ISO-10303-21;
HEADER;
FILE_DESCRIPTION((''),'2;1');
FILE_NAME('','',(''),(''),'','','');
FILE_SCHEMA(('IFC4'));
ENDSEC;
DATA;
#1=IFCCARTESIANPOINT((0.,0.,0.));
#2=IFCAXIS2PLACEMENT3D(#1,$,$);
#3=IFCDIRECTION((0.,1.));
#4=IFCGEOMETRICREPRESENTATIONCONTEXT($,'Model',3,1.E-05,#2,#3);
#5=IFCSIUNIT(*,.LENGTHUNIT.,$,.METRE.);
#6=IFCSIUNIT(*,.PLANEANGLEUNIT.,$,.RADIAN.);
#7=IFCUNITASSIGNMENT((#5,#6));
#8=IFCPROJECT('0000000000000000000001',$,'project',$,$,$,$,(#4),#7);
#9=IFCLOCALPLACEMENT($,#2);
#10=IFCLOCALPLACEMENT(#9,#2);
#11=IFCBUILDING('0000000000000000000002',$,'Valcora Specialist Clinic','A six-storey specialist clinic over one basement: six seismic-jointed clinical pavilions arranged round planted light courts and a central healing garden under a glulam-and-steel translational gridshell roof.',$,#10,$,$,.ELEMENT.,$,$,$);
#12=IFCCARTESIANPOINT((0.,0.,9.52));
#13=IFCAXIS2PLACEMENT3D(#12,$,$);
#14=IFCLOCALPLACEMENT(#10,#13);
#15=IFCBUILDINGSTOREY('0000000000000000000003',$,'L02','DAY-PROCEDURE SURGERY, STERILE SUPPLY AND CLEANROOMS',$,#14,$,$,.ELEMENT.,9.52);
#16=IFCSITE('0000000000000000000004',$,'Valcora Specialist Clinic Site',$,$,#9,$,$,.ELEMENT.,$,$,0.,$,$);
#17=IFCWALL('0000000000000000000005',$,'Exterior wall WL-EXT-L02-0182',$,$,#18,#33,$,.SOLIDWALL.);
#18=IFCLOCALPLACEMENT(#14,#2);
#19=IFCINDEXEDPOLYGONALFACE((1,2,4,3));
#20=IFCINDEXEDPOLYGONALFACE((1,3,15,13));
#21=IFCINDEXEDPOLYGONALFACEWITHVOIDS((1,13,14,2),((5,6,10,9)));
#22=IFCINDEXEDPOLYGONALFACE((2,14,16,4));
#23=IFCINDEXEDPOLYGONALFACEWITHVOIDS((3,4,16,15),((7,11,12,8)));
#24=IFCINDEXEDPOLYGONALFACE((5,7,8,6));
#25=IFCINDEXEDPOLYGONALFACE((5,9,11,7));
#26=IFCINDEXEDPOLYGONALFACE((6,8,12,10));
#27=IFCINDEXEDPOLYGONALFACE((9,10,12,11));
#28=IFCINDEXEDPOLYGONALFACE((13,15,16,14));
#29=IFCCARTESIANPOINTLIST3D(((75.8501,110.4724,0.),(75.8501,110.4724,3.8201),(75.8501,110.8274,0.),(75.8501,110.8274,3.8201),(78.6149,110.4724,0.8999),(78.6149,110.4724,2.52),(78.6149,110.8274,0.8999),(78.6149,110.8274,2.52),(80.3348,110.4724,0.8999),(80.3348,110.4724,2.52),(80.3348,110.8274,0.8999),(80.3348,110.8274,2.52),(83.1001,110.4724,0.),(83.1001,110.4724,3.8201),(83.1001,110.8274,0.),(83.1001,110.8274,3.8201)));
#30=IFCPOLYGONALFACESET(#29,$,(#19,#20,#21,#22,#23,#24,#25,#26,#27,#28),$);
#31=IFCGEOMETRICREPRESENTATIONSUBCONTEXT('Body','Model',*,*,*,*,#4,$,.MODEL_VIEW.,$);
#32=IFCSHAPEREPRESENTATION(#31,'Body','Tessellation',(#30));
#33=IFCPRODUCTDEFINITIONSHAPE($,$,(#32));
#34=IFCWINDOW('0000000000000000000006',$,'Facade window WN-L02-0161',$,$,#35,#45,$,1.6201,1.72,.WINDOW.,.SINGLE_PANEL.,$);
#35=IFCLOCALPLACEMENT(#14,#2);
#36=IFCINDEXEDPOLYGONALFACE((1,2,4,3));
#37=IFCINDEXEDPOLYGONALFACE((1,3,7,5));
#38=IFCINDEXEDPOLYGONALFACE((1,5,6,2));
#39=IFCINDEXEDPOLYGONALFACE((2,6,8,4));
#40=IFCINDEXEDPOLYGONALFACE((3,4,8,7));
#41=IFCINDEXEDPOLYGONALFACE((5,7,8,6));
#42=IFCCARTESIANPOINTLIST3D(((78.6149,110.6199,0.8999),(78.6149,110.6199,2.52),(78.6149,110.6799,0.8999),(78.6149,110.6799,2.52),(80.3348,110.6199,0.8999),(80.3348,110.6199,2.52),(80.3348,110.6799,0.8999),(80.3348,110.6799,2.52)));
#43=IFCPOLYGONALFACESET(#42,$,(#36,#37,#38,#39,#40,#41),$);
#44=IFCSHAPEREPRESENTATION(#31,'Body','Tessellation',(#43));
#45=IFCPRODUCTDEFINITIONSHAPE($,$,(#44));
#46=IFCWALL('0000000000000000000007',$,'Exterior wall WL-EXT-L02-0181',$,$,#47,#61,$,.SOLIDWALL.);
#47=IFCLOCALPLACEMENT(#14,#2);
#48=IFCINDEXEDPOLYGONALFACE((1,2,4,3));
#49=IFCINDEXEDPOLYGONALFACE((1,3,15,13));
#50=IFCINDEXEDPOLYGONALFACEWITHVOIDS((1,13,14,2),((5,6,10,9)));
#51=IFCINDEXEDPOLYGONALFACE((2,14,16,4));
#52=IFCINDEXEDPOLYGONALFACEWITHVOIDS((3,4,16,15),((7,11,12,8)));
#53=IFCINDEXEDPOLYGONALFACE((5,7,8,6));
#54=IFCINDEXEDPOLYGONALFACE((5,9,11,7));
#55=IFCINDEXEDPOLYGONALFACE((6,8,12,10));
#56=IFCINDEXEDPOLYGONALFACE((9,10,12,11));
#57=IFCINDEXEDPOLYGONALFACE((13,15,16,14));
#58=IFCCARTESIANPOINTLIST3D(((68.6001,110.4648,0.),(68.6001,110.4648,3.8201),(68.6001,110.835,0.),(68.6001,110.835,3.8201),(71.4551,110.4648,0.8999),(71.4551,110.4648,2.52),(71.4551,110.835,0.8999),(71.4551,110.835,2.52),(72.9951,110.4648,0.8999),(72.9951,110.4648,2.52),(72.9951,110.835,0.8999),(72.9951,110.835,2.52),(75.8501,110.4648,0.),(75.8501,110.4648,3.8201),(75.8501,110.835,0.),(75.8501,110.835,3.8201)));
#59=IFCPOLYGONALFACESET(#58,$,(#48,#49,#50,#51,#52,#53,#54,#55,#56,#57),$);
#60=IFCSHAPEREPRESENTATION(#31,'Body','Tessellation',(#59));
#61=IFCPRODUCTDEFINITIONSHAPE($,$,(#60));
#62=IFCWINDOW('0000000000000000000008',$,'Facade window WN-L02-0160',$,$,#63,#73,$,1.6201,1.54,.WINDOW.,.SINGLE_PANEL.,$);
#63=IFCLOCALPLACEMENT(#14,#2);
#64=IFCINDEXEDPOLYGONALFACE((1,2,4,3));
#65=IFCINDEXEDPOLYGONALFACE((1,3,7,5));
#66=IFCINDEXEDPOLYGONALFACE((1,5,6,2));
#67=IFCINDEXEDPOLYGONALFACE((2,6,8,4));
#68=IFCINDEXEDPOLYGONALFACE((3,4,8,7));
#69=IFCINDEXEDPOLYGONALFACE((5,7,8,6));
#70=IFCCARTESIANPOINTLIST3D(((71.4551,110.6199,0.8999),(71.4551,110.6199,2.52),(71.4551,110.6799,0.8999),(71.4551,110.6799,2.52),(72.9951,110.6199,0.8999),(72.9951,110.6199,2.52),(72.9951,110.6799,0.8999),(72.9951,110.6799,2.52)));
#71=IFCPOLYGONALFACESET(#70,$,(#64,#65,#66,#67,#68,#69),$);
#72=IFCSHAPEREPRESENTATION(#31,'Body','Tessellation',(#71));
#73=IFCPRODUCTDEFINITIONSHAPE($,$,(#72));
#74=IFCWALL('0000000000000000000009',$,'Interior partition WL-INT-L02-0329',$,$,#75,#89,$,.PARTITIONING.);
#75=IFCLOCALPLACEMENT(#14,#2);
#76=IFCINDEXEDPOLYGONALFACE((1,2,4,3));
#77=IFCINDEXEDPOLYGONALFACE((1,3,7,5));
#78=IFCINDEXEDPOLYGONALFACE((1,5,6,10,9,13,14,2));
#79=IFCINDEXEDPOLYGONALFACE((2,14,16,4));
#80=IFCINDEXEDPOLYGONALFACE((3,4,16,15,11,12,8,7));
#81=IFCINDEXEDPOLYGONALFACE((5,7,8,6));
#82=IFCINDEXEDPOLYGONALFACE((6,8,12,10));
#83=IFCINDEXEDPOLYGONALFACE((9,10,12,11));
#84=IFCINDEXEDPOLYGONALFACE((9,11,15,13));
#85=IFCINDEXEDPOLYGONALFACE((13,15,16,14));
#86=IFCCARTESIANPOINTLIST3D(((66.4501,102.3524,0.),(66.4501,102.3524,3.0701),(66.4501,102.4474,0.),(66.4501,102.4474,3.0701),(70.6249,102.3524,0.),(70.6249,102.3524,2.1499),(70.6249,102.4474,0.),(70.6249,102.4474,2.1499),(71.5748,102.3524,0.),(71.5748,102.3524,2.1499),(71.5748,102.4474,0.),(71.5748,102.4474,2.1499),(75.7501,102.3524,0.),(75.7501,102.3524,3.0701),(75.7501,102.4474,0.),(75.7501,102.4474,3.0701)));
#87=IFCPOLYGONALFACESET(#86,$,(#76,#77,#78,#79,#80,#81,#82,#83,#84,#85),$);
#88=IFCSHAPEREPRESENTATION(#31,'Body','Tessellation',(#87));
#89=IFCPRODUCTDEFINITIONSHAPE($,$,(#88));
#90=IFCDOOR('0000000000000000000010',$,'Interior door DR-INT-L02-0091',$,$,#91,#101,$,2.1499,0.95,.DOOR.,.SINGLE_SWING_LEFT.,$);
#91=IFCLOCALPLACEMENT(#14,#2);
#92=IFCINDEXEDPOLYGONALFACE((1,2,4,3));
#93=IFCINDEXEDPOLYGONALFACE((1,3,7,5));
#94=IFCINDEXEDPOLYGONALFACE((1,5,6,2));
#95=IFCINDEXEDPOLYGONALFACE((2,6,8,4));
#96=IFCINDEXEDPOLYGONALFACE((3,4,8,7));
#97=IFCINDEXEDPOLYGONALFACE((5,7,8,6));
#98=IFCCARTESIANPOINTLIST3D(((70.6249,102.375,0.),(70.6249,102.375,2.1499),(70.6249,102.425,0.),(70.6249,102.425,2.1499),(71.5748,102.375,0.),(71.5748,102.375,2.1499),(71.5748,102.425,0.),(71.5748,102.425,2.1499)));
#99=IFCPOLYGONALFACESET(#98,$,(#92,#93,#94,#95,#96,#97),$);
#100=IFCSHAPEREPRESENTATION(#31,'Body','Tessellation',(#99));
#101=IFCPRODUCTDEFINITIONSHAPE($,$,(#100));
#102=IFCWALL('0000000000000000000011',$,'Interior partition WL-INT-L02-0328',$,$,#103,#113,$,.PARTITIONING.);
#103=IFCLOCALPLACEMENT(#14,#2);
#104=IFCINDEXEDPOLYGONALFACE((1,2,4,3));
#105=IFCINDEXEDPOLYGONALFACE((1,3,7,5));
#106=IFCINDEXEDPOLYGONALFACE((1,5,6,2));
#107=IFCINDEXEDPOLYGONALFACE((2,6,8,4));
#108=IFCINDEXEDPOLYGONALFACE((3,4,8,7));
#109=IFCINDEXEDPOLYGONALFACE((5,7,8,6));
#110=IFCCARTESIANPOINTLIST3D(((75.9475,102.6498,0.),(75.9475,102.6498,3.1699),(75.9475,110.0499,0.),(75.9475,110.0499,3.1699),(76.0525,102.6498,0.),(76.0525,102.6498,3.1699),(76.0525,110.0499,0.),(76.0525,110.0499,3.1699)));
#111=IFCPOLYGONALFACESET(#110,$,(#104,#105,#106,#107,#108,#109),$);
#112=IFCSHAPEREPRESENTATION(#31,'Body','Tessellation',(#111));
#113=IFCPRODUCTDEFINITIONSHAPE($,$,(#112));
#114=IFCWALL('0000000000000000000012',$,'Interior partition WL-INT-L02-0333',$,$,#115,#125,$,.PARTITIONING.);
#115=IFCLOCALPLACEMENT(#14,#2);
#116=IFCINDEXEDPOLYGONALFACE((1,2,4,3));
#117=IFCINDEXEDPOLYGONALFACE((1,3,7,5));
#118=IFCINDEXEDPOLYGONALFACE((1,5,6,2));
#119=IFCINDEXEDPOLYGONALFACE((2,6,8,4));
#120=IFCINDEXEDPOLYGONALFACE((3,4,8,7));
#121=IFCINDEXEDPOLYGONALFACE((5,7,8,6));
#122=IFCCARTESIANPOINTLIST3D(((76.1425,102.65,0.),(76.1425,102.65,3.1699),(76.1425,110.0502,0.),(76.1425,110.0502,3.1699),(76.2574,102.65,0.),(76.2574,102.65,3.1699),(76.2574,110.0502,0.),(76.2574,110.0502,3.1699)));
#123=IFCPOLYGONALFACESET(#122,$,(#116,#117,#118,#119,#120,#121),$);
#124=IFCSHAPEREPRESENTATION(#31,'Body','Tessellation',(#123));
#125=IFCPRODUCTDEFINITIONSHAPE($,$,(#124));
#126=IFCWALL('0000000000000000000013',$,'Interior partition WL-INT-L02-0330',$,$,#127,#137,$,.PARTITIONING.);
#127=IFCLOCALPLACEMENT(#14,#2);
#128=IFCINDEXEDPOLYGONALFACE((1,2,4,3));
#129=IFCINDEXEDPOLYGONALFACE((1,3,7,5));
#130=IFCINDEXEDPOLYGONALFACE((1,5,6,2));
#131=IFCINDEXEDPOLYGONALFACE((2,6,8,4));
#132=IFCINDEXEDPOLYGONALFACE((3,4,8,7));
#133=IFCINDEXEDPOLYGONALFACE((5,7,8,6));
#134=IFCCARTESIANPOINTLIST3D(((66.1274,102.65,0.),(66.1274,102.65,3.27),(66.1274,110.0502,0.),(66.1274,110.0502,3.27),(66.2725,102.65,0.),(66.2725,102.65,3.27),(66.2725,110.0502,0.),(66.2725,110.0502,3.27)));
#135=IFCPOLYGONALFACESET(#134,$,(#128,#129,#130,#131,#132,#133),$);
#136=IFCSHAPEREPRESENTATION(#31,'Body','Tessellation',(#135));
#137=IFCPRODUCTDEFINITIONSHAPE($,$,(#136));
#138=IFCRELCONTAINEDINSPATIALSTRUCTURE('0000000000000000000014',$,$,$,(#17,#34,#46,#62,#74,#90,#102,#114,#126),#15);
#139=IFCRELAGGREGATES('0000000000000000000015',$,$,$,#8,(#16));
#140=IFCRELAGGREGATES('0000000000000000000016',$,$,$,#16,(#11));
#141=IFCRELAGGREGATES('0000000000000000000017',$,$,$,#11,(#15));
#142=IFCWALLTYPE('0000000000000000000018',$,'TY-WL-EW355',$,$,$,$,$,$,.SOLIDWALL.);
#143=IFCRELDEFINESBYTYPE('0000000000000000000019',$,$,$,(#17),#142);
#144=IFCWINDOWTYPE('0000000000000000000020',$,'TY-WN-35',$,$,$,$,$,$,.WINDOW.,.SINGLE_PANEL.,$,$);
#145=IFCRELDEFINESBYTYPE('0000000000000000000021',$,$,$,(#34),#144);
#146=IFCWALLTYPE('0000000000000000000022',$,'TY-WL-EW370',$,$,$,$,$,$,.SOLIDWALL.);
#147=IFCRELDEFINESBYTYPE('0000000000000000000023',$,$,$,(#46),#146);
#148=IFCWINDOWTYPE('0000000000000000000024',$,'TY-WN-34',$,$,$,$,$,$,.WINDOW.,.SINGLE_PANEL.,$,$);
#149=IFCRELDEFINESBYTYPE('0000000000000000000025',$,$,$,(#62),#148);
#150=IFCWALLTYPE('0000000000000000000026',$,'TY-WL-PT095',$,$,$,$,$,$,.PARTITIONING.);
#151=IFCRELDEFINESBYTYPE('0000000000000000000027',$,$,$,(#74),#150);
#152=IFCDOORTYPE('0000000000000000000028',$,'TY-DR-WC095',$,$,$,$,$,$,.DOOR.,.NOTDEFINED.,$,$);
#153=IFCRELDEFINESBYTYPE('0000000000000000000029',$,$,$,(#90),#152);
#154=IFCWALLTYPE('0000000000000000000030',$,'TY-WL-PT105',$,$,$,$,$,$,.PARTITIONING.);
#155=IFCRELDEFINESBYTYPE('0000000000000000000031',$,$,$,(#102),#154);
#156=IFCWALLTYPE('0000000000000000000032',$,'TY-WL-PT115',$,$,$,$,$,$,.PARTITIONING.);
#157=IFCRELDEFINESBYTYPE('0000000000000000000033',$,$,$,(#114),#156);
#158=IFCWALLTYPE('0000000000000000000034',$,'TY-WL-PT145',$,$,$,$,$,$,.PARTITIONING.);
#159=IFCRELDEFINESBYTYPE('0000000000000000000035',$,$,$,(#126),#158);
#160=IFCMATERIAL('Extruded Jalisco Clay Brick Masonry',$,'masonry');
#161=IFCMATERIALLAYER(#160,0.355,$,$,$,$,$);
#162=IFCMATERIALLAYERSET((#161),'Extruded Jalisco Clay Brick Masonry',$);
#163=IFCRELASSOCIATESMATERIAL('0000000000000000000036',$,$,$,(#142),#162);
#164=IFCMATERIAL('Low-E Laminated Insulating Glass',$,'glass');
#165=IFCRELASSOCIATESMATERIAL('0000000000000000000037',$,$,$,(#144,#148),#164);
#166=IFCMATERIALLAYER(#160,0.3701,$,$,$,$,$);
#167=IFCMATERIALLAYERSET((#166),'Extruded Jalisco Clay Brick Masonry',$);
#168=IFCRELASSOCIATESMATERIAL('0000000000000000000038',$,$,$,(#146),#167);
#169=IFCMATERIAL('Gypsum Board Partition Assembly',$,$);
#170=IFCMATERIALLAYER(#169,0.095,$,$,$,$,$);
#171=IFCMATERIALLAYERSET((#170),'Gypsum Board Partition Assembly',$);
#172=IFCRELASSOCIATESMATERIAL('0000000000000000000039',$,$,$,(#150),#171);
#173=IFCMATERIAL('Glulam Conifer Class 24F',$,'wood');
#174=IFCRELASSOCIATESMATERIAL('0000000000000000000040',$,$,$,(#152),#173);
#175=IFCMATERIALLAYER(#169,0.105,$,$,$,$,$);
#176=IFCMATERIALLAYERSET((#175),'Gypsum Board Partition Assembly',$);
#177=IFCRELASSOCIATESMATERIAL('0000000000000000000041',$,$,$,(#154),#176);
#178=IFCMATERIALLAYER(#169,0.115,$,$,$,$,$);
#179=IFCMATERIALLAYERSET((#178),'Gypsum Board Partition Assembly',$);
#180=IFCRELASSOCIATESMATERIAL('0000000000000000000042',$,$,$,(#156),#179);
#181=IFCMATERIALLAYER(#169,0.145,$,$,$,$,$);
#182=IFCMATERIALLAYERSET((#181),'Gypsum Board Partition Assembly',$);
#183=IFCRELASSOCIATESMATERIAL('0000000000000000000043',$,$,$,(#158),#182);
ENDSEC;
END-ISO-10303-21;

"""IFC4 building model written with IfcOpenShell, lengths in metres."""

from ifc_helpers import new_model, si_unit, direction, frame, frame_2d, origin, place, context, subcontext, project, spatial, rectangle, extrude, material, layer, layer_set, type_object, element, fill, save


model = new_model("IFC4")

# Units and contexts
model_context = context("Model", 3, precision=1e-05, world=origin(), true_north=direction((0.0, 1.0)))
body_context = subcontext(model_context, "Body", "Model", "MODEL_VIEW")
ifc_project = project(units=[si_unit("LENGTHUNIT", "METRE"), si_unit("PLANEANGLEUNIT", "RADIAN")], contexts=[model_context])

# Site, building, storey
site_placement = place(None, origin())
site = spatial("IfcSite", under=ifc_project, at=site_placement, Name="Valcora Specialist Clinic Site", CompositionType="ELEMENT", RefElevation=0.0)
building_placement = place(site_placement, origin())
building = spatial("IfcBuilding", under=site, at=building_placement, Name="Valcora Specialist Clinic", Description="A six-storey specialist clinic over one basement: six seismic-jointed clinical pavilions arranged round planted light courts and a central healing garden under a glulam-and-steel translational gridshell roof.", CompositionType="ELEMENT")
storey_placement = place(building_placement, frame((0.0, 0.0, 9.52)))
storey = spatial("IfcBuildingStorey", under=building, at=storey_placement, Name="L02", Description="DAY-PROCEDURE SURGERY, STERILE SUPPLY AND CLEANROOMS", CompositionType="ELEMENT", Elevation=9.52)

# Walls, openings, windows
ifc_material_1 = material(Name="Extruded Jalisco Clay Brick Masonry", Category="masonry")
ifc_material_2 = material(Name="Low-E Laminated Insulating Glass", Category="glass")
ifc_layer_1 = layer(ifc_material_1, 0.355)
ifc_layer_set_1 = layer_set([ifc_layer_1], Name="Extruded Jalisco Clay Brick Masonry")
wall_type_1 = type_object("IfcWallType", Name="TY-WL-EW355", PredefinedType="SOLIDWALL", material=ifc_layer_set_1)
wall_1_placement = place(storey_placement, frame((75.8501, 110.6499, 0.0), z_axis=(0.0, 0.0, 1.0), x_axis=(1.0, 0.0, 0.0)))
wall_1 = element("IfcWall", 1, at=wall_1_placement, inside=storey, type_object=wall_type_1, Name="Exterior wall WL-EXT-L02-0182", PredefinedType="SOLIDWALL", context=body_context, shape_type="SweptSolid", body=[
    extrude(rectangle(XDim=7.25, YDim=0.355, at=frame_2d((3.625, 0.0))), origin(), (0.0, 0.0, 1.0), 3.8201),
])
opening_1_placement = place(wall_1_placement, frame((2.7649, 0.0, 0.8999)))
opening_1 = element("IfcOpeningElement", 2, at=opening_1_placement, cuts=wall_1, PredefinedType="OPENING", context=body_context, shape_type="SweptSolid", body=[
    extrude(rectangle(XDim=1.72, YDim=1.6201, at=frame_2d((0.8599, 0.8101))), frame((0.0, 0.1875, 0.0), z_axis=(0.0, -1.0, 0.0), x_axis=(1.0, 0.0, 0.0)), (0.0, 0.0, 1.0), 0.375),
])
window_type_1 = type_object("IfcWindowType", Name="TY-WN-35", PartitioningType="SINGLE_PANEL", PredefinedType="WINDOW", material=ifc_material_2)
window_1_placement = place(opening_1_placement, origin())
window_1 = element("IfcWindow", 3, at=window_1_placement, inside=storey, type_object=window_type_1, Name="Facade window WN-L02-0161", OverallHeight=1.6201, OverallWidth=1.72, PartitioningType="SINGLE_PANEL", PredefinedType="WINDOW", context=body_context, shape_type="SweptSolid", body=[
    extrude(rectangle(XDim=1.72, YDim=1.6201, at=frame_2d((0.8599, 0.8101))), frame((0.0, 0.03, 0.0), z_axis=(0.0, -1.0, 0.0), x_axis=(1.0, 0.0, 0.0)), (0.0, 0.0, 1.0), 0.0601),
])
fill(opening_1, window_1)
ifc_layer_2 = layer(ifc_material_1, 0.3701)
ifc_layer_set_2 = layer_set([ifc_layer_2], Name="Extruded Jalisco Clay Brick Masonry")
wall_type_2 = type_object("IfcWallType", Name="TY-WL-EW370", PredefinedType="SOLIDWALL", material=ifc_layer_set_2)
wall_2_placement = place(storey_placement, frame((68.6001, 110.6499, 0.0), z_axis=(0.0, 0.0, 1.0), x_axis=(1.0, 0.0, 0.0)))
wall_2 = element("IfcWall", 4, at=wall_2_placement, inside=storey, type_object=wall_type_2, Name="Exterior wall WL-EXT-L02-0181", PredefinedType="SOLIDWALL", context=body_context, shape_type="SweptSolid", body=[
    extrude(rectangle(XDim=7.25, YDim=0.3701, at=frame_2d((3.625, 0.0))), origin(), (0.0, 0.0, 1.0), 3.8201),
])
opening_2_placement = place(wall_2_placement, frame((2.855, 0.0, 0.8999)))
opening_2 = element("IfcOpeningElement", 5, at=opening_2_placement, cuts=wall_2, PredefinedType="OPENING", context=body_context, shape_type="SweptSolid", body=[
    extrude(rectangle(XDim=1.54, YDim=1.6201, at=frame_2d((0.77, 0.8101))), frame((0.0, 0.1951, 0.0), z_axis=(0.0, -1.0, 0.0), x_axis=(1.0, 0.0, 0.0)), (0.0, 0.0, 1.0), 0.3901),
])
window_type_2 = type_object("IfcWindowType", Name="TY-WN-34", PartitioningType="SINGLE_PANEL", PredefinedType="WINDOW", material=ifc_material_2)
window_2_placement = place(opening_2_placement, origin())
window_2 = element("IfcWindow", 6, at=window_2_placement, inside=storey, type_object=window_type_2, Name="Facade window WN-L02-0160", OverallHeight=1.6201, OverallWidth=1.54, PartitioningType="SINGLE_PANEL", PredefinedType="WINDOW", context=body_context, shape_type="SweptSolid", body=[
    extrude(rectangle(XDim=1.54, YDim=1.6201, at=frame_2d((0.77, 0.8101))), frame((0.0, 0.03, 0.0), z_axis=(0.0, -1.0, 0.0), x_axis=(1.0, 0.0, 0.0)), (0.0, 0.0, 1.0), 0.0601),
])
fill(opening_2, window_2)

# Wall, opening, door
ifc_material_3 = material(Name="Gypsum Board Partition Assembly")
ifc_layer_3 = layer(ifc_material_3, 0.095)
ifc_layer_set_3 = layer_set([ifc_layer_3], Name="Gypsum Board Partition Assembly")
wall_type_3 = type_object("IfcWallType", Name="TY-WL-PT095", PredefinedType="PARTITIONING", material=ifc_layer_set_3)
wall_3_placement = place(storey_placement, frame((75.75, 102.3999, 0.0), z_axis=(0.0, 0.0, 1.0), x_axis=(-1.0, 0.0, 0.0)))
wall_3 = element("IfcWall", 7, at=wall_3_placement, inside=storey, type_object=wall_type_3, Name="Interior partition WL-INT-L02-0329", PredefinedType="PARTITIONING", context=body_context, shape_type="SweptSolid", body=[
    extrude(rectangle(XDim=9.3, YDim=0.095, at=frame_2d((4.6499, 0.0))), origin(), (0.0, 0.0, 1.0), 3.0701),
])
opening_3_placement = place(wall_3_placement, frame((4.175, 0.0, 0.0)))
opening_3 = element("IfcOpeningElement", 8, at=opening_3_placement, cuts=wall_3, PredefinedType="OPENING", context=body_context, shape_type="SweptSolid", body=[
    extrude(rectangle(XDim=0.95, YDim=2.1499, at=frame_2d((0.4751, 1.075))), frame((0.0, 0.0574, 0.0), z_axis=(0.0, -1.0, 0.0), x_axis=(1.0, 0.0, 0.0)), (0.0, 0.0, 1.0), 0.115),
])
ifc_material_4 = material(Name="Glulam Conifer Class 24F", Category="wood")
door_type = type_object("IfcDoorType", Name="TY-DR-WC095", OperationType="NOTDEFINED", PredefinedType="DOOR", material=ifc_material_4)
door_placement = place(opening_3_placement, origin())
door = element("IfcDoor", 9, at=door_placement, inside=storey, type_object=door_type, Name="Interior door DR-INT-L02-0091", OperationType="SINGLE_SWING_LEFT", OverallHeight=2.1499, OverallWidth=0.95, PredefinedType="DOOR", context=body_context, shape_type="SweptSolid", body=[
    extrude(rectangle(XDim=0.95, YDim=2.1499, at=frame_2d((0.4751, 1.075))), frame((0.0, 0.0249, 0.0), z_axis=(0.0, -1.0, 0.0), x_axis=(1.0, 0.0, 0.0)), (0.0, 0.0, 1.0), 0.05),
])
fill(opening_3, door)

# Walls
ifc_layer_4 = layer(ifc_material_3, 0.105)
ifc_layer_set_4 = layer_set([ifc_layer_4], Name="Gypsum Board Partition Assembly")
wall_type_4 = type_object("IfcWallType", Name="TY-WL-PT105", PredefinedType="PARTITIONING", material=ifc_layer_set_4)
wall_4_placement = place(storey_placement, frame((76.0, 110.05, 0.0), z_axis=(0.0, 0.0, 1.0), x_axis=(0.0, -1.0, 0.0)))
element("IfcWall", 10, at=wall_4_placement, inside=storey, type_object=wall_type_4, Name="Interior partition WL-INT-L02-0328", PredefinedType="PARTITIONING", context=body_context, shape_type="SweptSolid", body=[
    extrude(rectangle(XDim=7.4001, YDim=0.105, at=frame_2d((3.7002, 0.0))), origin(), (0.0, 0.0, 1.0), 3.1699),
])
ifc_layer_5 = layer(ifc_material_3, 0.115)
ifc_layer_set_5 = layer_set([ifc_layer_5], Name="Gypsum Board Partition Assembly")
wall_type_5 = type_object("IfcWallType", Name="TY-WL-PT115", PredefinedType="PARTITIONING", material=ifc_layer_set_5)
wall_5_placement = place(storey_placement, frame((76.2, 102.6499, 0.0), z_axis=(0.0, 0.0, 1.0), x_axis=(0.0, 1.0, 0.0)))
element("IfcWall", 11, at=wall_5_placement, inside=storey, type_object=wall_type_5, Name="Interior partition WL-INT-L02-0333", PredefinedType="PARTITIONING", context=body_context, shape_type="SweptSolid", body=[
    extrude(rectangle(XDim=7.4001, YDim=0.115, at=frame_2d((3.7002, 0.0))), origin(), (0.0, 0.0, 1.0), 3.1699),
])
ifc_layer_6 = layer(ifc_material_3, 0.145)
ifc_layer_set_6 = layer_set([ifc_layer_6], Name="Gypsum Board Partition Assembly")
wall_type_6 = type_object("IfcWallType", Name="TY-WL-PT145", PredefinedType="PARTITIONING", material=ifc_layer_set_6)
wall_6_placement = place(storey_placement, frame((66.2, 102.6499, 0.0), z_axis=(0.0, 0.0, 1.0), x_axis=(0.0, 1.0, 0.0)))
element("IfcWall", 12, at=wall_6_placement, inside=storey, type_object=wall_type_6, Name="Interior partition WL-INT-L02-0330", PredefinedType="PARTITIONING", context=body_context, shape_type="SweptSolid", body=[
    extrude(rectangle(XDim=7.4001, YDim=0.145, at=frame_2d((3.7002, 0.0))), origin(), (0.0, 0.0, 1.0), 3.27),
])

save(model, "model.ifc")
